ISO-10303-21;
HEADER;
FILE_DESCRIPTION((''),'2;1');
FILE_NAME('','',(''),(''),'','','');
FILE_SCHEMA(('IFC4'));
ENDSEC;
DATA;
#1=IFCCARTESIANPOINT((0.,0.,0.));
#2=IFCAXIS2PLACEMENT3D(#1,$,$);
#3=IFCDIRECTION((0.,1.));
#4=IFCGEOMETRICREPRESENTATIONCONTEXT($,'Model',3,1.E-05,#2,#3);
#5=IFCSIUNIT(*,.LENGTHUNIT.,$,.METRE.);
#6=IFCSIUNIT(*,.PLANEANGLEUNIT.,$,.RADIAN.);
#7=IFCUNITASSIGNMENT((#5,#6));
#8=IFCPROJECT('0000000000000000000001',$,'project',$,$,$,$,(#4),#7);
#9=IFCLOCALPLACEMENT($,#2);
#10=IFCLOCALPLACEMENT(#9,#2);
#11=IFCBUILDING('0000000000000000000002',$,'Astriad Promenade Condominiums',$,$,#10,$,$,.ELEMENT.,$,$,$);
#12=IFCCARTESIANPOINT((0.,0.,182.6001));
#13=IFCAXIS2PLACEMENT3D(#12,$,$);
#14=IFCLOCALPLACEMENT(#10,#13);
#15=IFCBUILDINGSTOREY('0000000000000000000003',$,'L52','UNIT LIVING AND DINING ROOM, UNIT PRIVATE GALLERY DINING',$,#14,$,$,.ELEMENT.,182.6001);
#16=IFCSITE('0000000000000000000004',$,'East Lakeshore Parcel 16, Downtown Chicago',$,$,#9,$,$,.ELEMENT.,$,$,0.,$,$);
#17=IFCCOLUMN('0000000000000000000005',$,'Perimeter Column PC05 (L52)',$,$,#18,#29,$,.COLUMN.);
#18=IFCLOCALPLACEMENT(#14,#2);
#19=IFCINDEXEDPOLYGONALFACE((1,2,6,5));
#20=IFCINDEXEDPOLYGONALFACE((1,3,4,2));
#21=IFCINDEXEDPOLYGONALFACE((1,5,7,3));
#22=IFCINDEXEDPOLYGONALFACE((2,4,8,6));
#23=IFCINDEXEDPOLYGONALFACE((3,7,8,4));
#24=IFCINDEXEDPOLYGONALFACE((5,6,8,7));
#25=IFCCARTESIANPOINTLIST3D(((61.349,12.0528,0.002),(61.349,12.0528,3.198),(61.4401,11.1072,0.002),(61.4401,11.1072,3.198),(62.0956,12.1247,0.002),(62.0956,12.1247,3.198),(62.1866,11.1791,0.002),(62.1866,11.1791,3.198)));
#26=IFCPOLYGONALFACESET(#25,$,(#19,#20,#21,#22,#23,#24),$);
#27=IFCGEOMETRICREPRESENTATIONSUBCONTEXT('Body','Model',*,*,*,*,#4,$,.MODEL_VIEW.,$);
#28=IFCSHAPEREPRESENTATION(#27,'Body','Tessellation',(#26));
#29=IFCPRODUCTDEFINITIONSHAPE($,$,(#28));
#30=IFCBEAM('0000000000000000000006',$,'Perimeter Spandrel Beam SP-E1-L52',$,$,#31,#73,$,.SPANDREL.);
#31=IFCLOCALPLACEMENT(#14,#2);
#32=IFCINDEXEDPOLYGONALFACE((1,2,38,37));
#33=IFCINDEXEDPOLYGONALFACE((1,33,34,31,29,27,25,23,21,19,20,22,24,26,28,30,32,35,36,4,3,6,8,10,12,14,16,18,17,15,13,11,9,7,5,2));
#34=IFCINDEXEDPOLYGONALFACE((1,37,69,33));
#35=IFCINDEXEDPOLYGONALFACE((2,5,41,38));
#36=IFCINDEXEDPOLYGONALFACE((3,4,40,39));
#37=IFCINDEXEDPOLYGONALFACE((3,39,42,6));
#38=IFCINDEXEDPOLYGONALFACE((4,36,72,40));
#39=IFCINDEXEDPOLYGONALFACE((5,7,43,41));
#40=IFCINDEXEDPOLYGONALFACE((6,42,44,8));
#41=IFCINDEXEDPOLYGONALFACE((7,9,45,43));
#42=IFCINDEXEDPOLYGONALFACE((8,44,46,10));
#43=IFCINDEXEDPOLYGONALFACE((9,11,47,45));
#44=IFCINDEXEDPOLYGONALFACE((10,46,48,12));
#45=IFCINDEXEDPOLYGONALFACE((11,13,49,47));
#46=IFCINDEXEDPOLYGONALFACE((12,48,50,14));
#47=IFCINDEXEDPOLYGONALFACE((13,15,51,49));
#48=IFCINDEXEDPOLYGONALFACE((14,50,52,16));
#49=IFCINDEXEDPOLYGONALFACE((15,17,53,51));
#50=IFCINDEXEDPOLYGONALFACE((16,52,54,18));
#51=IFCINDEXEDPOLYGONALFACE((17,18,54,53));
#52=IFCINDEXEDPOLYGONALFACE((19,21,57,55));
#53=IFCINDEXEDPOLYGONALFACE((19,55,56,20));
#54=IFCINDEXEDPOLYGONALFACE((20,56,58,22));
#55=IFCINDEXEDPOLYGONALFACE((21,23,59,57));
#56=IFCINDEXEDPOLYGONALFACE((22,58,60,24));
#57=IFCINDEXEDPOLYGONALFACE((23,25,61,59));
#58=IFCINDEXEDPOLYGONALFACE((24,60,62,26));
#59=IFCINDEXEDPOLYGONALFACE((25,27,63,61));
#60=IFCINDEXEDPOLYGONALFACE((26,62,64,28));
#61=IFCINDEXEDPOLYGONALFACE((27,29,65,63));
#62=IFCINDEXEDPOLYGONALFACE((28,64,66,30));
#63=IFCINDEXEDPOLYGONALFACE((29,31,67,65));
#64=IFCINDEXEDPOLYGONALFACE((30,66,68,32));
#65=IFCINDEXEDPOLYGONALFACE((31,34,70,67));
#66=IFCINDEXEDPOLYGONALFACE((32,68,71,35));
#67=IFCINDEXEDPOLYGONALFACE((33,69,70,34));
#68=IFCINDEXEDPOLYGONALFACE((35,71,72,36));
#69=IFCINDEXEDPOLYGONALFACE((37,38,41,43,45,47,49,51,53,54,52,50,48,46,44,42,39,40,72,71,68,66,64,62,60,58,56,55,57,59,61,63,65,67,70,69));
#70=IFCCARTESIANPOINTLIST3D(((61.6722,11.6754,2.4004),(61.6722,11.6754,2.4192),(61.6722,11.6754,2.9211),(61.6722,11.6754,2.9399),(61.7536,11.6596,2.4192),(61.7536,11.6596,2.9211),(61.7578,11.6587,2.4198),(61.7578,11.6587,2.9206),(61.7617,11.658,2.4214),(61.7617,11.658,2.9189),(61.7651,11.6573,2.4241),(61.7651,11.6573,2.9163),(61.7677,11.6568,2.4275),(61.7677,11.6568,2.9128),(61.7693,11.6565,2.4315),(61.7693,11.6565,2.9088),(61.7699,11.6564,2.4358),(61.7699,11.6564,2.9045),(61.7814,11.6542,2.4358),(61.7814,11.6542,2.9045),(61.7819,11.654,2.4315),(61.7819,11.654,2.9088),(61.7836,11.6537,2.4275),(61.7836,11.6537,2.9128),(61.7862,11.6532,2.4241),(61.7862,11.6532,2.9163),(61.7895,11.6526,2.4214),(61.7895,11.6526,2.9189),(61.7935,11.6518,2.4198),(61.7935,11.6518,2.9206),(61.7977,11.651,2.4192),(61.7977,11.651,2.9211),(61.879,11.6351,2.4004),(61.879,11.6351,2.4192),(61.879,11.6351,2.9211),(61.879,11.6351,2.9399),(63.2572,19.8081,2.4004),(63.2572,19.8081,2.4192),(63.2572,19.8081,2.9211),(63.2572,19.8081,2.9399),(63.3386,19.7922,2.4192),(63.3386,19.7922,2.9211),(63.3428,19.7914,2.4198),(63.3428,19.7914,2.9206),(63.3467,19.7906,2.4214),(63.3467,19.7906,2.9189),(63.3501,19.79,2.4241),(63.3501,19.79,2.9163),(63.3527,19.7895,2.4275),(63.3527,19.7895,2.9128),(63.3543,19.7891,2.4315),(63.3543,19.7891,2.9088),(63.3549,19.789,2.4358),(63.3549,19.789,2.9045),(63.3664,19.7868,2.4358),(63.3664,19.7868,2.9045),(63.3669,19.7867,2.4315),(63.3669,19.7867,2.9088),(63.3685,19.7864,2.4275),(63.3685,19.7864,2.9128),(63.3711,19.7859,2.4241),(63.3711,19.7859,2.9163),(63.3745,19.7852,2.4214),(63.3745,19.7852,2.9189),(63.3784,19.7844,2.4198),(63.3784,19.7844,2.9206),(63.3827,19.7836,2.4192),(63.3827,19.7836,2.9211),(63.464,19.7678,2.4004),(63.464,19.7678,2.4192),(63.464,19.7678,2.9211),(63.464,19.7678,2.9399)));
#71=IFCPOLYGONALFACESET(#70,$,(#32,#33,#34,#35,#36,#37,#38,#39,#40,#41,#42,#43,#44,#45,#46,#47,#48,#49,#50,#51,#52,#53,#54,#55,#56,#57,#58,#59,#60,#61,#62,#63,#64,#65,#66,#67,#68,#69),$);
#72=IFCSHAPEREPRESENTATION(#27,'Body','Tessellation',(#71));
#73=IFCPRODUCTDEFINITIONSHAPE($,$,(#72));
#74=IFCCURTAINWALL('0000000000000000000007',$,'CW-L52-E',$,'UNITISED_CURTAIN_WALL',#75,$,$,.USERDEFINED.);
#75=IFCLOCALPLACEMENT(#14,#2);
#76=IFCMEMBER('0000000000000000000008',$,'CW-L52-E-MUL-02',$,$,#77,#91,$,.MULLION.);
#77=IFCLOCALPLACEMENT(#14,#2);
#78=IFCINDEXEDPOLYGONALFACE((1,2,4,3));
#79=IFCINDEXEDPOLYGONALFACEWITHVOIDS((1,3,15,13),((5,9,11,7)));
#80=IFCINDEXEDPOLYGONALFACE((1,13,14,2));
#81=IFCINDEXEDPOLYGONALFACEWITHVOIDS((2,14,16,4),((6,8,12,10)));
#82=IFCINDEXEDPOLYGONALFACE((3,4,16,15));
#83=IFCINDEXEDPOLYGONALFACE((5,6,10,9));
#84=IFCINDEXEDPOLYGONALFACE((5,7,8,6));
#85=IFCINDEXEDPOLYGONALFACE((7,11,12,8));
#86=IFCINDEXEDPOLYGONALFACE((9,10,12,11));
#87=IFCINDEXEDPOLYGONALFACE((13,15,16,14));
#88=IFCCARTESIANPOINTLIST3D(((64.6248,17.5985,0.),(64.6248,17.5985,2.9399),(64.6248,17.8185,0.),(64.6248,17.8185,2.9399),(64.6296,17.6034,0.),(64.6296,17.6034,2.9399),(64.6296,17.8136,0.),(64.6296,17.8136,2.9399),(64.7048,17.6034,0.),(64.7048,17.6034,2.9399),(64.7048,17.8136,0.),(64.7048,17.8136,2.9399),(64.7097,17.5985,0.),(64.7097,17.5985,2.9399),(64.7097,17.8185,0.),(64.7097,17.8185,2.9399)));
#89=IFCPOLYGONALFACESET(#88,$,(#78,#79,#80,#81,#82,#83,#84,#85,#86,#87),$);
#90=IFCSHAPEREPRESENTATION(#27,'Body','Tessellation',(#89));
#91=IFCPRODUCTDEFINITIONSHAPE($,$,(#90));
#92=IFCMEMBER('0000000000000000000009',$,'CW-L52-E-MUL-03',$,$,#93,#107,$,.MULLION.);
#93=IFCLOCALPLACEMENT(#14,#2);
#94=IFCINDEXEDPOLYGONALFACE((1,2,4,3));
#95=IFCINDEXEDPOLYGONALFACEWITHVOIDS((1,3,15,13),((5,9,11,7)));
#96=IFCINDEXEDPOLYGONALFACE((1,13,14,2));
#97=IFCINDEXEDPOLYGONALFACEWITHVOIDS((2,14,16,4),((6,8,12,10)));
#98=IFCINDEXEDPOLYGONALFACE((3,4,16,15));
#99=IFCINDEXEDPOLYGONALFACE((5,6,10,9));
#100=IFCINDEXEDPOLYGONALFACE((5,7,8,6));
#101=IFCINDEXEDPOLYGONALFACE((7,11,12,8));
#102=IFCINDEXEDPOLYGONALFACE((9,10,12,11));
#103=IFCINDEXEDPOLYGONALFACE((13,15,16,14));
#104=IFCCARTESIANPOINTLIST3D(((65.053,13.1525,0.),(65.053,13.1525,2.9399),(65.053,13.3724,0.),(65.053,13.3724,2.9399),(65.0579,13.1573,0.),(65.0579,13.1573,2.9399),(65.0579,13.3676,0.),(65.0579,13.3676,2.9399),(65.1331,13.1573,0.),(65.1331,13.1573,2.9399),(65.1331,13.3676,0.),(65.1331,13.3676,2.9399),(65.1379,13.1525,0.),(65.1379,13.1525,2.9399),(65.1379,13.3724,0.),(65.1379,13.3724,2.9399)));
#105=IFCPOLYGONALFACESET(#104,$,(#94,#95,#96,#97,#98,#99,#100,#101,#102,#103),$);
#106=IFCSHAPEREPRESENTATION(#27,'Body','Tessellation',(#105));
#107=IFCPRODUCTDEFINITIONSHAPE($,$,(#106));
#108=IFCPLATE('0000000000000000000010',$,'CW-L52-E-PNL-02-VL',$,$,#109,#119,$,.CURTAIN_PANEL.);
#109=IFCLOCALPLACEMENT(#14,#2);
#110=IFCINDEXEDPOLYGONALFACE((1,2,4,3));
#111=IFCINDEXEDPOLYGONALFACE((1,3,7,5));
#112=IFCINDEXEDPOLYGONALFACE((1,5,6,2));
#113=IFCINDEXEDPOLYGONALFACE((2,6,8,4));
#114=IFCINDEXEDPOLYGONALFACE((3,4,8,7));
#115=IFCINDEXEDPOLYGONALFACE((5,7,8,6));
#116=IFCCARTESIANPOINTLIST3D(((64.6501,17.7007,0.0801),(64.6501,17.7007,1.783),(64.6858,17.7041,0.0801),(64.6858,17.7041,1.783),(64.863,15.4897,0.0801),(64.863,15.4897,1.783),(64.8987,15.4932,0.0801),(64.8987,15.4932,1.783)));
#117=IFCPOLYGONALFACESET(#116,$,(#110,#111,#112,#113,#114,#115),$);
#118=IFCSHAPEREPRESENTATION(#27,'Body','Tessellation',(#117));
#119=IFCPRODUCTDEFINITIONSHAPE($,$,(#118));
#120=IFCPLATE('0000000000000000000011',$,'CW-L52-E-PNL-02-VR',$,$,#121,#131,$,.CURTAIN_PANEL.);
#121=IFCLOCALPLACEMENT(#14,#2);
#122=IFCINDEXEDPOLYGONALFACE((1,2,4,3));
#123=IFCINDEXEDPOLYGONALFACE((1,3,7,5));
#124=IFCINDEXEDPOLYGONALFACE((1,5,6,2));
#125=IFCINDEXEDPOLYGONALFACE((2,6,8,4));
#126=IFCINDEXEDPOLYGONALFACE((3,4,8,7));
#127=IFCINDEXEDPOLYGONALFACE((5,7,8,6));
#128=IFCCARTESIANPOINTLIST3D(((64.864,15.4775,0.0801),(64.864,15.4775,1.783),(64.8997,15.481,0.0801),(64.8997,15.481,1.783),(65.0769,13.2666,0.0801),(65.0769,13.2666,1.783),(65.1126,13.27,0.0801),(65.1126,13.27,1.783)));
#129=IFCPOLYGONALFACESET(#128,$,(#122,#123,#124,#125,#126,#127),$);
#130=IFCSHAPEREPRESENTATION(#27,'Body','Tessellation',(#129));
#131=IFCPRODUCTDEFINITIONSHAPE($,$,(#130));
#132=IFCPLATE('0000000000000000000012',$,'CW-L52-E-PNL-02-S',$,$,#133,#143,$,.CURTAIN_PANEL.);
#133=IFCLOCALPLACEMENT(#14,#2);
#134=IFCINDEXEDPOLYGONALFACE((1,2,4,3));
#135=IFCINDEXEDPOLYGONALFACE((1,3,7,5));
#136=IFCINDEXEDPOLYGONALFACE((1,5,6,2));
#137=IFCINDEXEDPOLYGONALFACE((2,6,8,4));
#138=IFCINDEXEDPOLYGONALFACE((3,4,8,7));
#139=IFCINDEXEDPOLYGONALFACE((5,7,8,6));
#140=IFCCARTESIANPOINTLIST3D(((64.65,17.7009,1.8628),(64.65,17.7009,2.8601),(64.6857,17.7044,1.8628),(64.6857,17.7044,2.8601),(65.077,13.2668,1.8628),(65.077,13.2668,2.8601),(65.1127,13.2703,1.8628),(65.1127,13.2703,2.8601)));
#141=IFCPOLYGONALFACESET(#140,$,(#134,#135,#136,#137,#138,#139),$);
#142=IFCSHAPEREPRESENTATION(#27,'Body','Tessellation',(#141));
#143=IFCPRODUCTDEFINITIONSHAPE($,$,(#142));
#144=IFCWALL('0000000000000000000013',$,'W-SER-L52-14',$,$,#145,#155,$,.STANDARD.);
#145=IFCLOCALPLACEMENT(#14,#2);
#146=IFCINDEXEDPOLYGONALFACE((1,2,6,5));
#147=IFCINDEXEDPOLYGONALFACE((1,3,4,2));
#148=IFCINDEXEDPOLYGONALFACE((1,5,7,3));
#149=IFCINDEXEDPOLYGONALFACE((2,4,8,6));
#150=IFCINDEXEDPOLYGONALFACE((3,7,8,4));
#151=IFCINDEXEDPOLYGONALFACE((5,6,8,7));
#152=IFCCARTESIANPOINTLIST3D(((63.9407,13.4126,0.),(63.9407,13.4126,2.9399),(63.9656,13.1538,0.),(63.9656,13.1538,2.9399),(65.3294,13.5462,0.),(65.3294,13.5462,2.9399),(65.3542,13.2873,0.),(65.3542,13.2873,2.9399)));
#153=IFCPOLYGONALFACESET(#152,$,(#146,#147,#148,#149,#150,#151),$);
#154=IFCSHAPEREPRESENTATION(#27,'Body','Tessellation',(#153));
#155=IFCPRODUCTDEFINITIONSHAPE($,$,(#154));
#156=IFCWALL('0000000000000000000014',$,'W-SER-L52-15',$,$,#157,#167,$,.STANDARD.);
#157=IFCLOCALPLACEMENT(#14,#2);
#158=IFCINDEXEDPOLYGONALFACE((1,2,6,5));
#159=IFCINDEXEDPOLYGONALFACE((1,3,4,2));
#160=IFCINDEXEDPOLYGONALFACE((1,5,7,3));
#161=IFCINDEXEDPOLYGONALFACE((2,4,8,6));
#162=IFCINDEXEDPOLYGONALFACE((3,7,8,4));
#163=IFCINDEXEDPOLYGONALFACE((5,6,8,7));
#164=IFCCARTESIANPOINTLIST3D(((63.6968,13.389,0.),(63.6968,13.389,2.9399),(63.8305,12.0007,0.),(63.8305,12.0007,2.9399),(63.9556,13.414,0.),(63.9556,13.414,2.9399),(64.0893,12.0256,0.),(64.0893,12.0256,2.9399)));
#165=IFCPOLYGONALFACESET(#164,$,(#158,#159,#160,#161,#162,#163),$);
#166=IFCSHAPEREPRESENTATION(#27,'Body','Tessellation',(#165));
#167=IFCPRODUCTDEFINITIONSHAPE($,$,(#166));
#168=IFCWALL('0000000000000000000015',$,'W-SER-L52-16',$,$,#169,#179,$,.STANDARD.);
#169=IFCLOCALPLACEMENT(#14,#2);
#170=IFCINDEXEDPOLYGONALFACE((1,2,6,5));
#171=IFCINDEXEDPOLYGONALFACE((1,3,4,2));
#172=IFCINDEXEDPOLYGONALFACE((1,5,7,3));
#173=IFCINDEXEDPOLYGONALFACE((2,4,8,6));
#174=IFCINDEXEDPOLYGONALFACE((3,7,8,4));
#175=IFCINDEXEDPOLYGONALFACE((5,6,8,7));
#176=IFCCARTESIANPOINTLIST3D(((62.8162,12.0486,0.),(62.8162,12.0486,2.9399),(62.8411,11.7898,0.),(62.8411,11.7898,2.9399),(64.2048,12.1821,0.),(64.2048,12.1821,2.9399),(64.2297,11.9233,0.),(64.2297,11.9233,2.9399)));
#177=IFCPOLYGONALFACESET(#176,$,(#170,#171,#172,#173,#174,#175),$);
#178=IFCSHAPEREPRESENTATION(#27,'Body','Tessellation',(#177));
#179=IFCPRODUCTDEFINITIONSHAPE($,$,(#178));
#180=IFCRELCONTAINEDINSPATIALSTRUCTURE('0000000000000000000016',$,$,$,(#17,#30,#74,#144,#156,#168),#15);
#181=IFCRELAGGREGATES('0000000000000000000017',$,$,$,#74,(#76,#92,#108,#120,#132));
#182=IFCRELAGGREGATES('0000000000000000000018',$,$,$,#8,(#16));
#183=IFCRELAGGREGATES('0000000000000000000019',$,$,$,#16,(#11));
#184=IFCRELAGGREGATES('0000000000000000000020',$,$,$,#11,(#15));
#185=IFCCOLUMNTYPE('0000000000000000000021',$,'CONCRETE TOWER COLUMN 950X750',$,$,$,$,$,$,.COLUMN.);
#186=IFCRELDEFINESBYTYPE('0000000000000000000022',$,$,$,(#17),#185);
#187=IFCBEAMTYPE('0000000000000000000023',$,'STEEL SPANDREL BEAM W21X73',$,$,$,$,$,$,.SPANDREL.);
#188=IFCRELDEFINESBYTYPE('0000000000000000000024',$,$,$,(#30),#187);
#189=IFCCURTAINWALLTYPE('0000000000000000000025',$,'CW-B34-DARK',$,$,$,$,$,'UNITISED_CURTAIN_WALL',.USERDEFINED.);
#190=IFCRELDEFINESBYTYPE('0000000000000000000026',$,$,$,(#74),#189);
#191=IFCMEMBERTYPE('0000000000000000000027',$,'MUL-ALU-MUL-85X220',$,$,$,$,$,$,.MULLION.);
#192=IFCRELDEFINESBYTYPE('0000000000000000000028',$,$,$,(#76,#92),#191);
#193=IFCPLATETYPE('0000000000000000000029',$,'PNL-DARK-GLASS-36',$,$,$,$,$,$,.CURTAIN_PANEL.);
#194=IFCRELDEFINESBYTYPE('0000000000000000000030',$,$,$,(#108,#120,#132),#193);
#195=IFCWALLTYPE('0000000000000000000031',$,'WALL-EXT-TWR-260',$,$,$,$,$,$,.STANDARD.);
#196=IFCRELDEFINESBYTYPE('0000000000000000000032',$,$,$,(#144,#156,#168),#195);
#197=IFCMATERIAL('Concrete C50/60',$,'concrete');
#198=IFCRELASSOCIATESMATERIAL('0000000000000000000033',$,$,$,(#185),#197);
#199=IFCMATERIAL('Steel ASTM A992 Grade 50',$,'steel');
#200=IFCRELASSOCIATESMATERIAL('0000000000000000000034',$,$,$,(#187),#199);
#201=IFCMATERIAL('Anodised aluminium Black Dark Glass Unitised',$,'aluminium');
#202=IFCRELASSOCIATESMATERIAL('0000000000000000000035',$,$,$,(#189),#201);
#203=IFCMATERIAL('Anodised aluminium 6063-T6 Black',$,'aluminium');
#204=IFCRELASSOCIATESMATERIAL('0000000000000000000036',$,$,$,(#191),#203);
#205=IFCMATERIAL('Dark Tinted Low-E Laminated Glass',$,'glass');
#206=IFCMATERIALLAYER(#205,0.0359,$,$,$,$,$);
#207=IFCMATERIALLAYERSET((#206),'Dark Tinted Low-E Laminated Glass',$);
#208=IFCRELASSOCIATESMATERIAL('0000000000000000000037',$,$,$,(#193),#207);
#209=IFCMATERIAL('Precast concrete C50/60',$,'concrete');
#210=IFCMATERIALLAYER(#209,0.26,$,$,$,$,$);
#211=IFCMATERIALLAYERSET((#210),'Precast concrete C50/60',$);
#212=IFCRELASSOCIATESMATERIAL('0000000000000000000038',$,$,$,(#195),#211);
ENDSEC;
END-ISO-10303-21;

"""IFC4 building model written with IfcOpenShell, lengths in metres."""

from ifc_helpers import new_model, si_unit, direction, frame, frame_2d, origin, origin_2d, place, context, subcontext, project, spatial, rectangle, hollow_rectangle, i_section, extrude, source, transform, mapped, material, layer, layer_set, material_profile, profile_set, type_object, type_shapes, element, aggregate, save


model = new_model("IFC4")

# Units and contexts
model_context = context("Model", 3, precision=1e-05, world=origin(), true_north=direction((0.0, 1.0)))
body_context = subcontext(model_context, "Body", "Model", "MODEL_VIEW")
ifc_project = project(units=[si_unit("LENGTHUNIT", "METRE"), si_unit("PLANEANGLEUNIT", "RADIAN")], contexts=[model_context])

# Site, building, storey
site_placement = place(None, origin())
site = spatial("IfcSite", under=ifc_project, at=site_placement, Name="East Lakeshore Parcel 16, Downtown Chicago", CompositionType="ELEMENT", RefElevation=0.0)
building_placement = place(site_placement, origin())
building = spatial("IfcBuilding", under=site, at=building_placement, Name="Astriad Promenade Condominiums", CompositionType="ELEMENT")
storey_placement = place(building_placement, frame((0.0, 0.0, 182.6001)))
storey = spatial("IfcBuildingStorey", under=building, at=storey_placement, Name="L52", Description="UNIT LIVING AND DINING ROOM, UNIT PRIVATE GALLERY DINING", CompositionType="ELEMENT", Elevation=182.6001)

# Column
ifc_material_1 = material(Name="Concrete C50/60", Category="concrete")
ifc_material_profile_1 = material_profile(ifc_material_1, rectangle(XDim=0.75, YDim=0.95, at=origin_2d()), Name="RC-COL-950X750")
ifc_profile_set_1 = profile_set([ifc_material_profile_1], Name="Concrete C50/60")
column_type = type_object("IfcColumnType", Name="CONCRETE TOWER COLUMN 950X750", PredefinedType="COLUMN", material=ifc_profile_set_1)
shared_shape_1 = source(origin(), body_context, "Body", "SweptSolid", [
    extrude(rectangle(XDim=0.75, YDim=0.95, at=origin_2d()), origin(), (0.0, 0.0, 1.0), 3.196),
])
type_shapes(column_type, [shared_shape_1])
column_placement = place(storey_placement, frame((61.7678, 11.616, 0.002), z_axis=(0.0, 0.0, 1.0), x_axis=(0.995396, 0.095846, 0.0)))
element("IfcColumn", 1, at=column_placement, inside=storey, type_object=column_type, Name="Perimeter Column PC05 (L52)", PredefinedType="COLUMN", context=body_context, shape_type="MappedRepresentation", body=[
    mapped(shared_shape_1, transform((0.0, 0.0, 0.0), scale=1.0)),
])

# Beam
ifc_material_2 = material(Name="Steel ASTM A992 Grade 50", Category="steel")
ifc_material_profile_2 = material_profile(ifc_material_2, i_section(OverallWidth=0.2107, OverallDepth=0.5396, WebThickness=0.0117, FlangeThickness=0.0188, FilletRadius=0.0166, at=origin_2d()), Name="W21X73")
ifc_profile_set_2 = profile_set([ifc_material_profile_2], Name="Steel ASTM A992 Grade 50")
beam_type = type_object("IfcBeamType", Name="STEEL SPANDREL BEAM W21X73", PredefinedType="SPANDREL", material=ifc_profile_set_2)
shared_shape_2 = source(origin(), body_context, "Body", "SweptSolid", [
    extrude(i_section(OverallWidth=0.2107, OverallDepth=0.5396, WebThickness=0.0117, FlangeThickness=0.0188, FilletRadius=0.0166, at=origin_2d()), origin(), (0.0, 0.0, 1.0), 8.2856),
])
type_shapes(beam_type, [shared_shape_2])
beam_placement = place(storey_placement, frame((61.7756, 11.6553, 2.6702), z_axis=(0.191292, 0.981533, 0.0), x_axis=(-0.981533, 0.191292, 0.0)))
element("IfcBeam", 2, at=beam_placement, inside=storey, type_object=beam_type, Name="Perimeter Spandrel Beam SP-E1-L52", PredefinedType="SPANDREL", context=body_context, shape_type="MappedRepresentation", body=[
    mapped(shared_shape_2, transform((0.0, 0.0, 0.0), scale=1.0)),
])

# Curtain wall, members, plates
ifc_material_3 = material(Name="Anodised aluminium Black Dark Glass Unitised", Category="aluminium")
curtain_wall_type = type_object("IfcCurtainWallType", Name="CW-B34-DARK", ElementType="UNITISED_CURTAIN_WALL", PredefinedType="USERDEFINED", material=ifc_material_3)
curtain_wall_placement = place(storey_placement, origin())
curtain_wall = element("IfcCurtainWall", 3, at=curtain_wall_placement, inside=storey, type_object=curtain_wall_type, Name="CW-L52-E", ObjectType="UNITISED_CURTAIN_WALL", PredefinedType="USERDEFINED")
ifc_material_4 = material(Name="Anodised aluminium 6063-T6 Black", Category="aluminium")
ifc_material_profile_3 = material_profile(ifc_material_4, hollow_rectangle(XDim=0.085, YDim=0.22, WallThickness=0.0049, at=origin_2d()), Name="ALU-MUL-85X220")
ifc_profile_set_3 = profile_set([ifc_material_profile_3], Name="Anodised aluminium 6063-T6 Black")
member_type = type_object("IfcMemberType", Name="MUL-ALU-MUL-85X220", PredefinedType="MULLION", material=ifc_profile_set_3)
shared_shape_3 = source(origin(), body_context, "Body", "SweptSolid", [
    extrude(hollow_rectangle(XDim=0.085, YDim=0.22, WallThickness=0.0049, at=origin_2d()), origin(), (0.0, 0.0, 1.0), 2.9399),
])
type_shapes(member_type, [shared_shape_3])
member_1_placement = place(storey_placement, frame((64.6672, 17.7085, 0.0), z_axis=(0.0, 0.0, 1.0), x_axis=(1.0, 0.0, 0.0)))
member_1 = element("IfcMember", 4, at=member_1_placement, type_object=member_type, Name="CW-L52-E-MUL-02", PredefinedType="MULLION", context=body_context, shape_type="MappedRepresentation", body=[
    mapped(shared_shape_3, transform((0.0, 0.0, 0.0), scale=1.0)),
])
member_2_placement = place(storey_placement, frame((65.0955, 13.2625, 0.0), z_axis=(0.0, 0.0, 1.0), x_axis=(1.0, 0.0, 0.0)))
member_2 = element("IfcMember", 5, at=member_2_placement, type_object=member_type, Name="CW-L52-E-MUL-03", PredefinedType="MULLION", context=body_context, shape_type="MappedRepresentation", body=[
    mapped(shared_shape_3, transform((0.0, 0.0, 0.0), scale=1.0)),
])
ifc_material_5 = material(Name="Dark Tinted Low-E Laminated Glass", Category="glass")
ifc_layer_1 = layer(ifc_material_5, 0.0359)
ifc_layer_set_1 = layer_set([ifc_layer_1], Name="Dark Tinted Low-E Laminated Glass")
plate_type = type_object("IfcPlateType", Name="PNL-DARK-GLASS-36", PredefinedType="CURTAIN_PANEL", material=ifc_layer_set_1)
shared_shape_4 = source(origin(), body_context, "Body", "SweptSolid", [
    extrude(rectangle(XDim=2.2212, YDim=0.0359, at=origin_2d()), origin(), (0.0, 0.0, 1.0), 1.7029),
])
plate_1_placement = place(storey_placement, frame((64.7744, 16.5969, 0.0801), z_axis=(0.0, 0.0, 1.0), x_axis=(0.095846, -0.995396, 0.0)))
plate_1 = element("IfcPlate", 6, at=plate_1_placement, type_object=plate_type, Name="CW-L52-E-PNL-02-VL", PredefinedType="CURTAIN_PANEL", context=body_context, shape_type="MappedRepresentation", body=[
    mapped(shared_shape_4, transform((0.0, 0.0, 0.0), scale=1.0)),
])
plate_2_placement = place(storey_placement, frame((64.9883, 14.3738, 0.0801), z_axis=(0.0, 0.0, 1.0), x_axis=(0.095846, -0.995396, 0.0)))
plate_2 = element("IfcPlate", 7, at=plate_2_placement, type_object=plate_type, Name="CW-L52-E-PNL-02-VR", PredefinedType="CURTAIN_PANEL", context=body_context, shape_type="MappedRepresentation", body=[
    mapped(shared_shape_4, transform((0.0, 0.0, 0.0), scale=1.0)),
])
shared_shape_5 = source(origin(), body_context, "Body", "SweptSolid", [
    extrude(rectangle(XDim=4.4546, YDim=0.0359, at=origin_2d()), origin(), (0.0, 0.0, 1.0), 0.9973),
])
type_shapes(plate_type, [shared_shape_4, shared_shape_5])
plate_3_placement = place(storey_placement, frame((64.8813, 15.4856, 1.8628), z_axis=(0.0, 0.0, 1.0), x_axis=(0.095846, -0.995396, 0.0)))
plate_3 = element("IfcPlate", 8, at=plate_3_placement, type_object=plate_type, Name="CW-L52-E-PNL-02-S", PredefinedType="CURTAIN_PANEL", context=body_context, shape_type="MappedRepresentation", body=[
    mapped(shared_shape_5, transform((0.0, 0.0, 0.0), scale=1.0)),
])
aggregate(curtain_wall, [member_1, member_2, plate_1, plate_2, plate_3])

# Walls
ifc_material_6 = material(Name="Precast concrete C50/60", Category="concrete")
ifc_layer_2 = layer(ifc_material_6, 0.26)
ifc_layer_set_2 = layer_set([ifc_layer_2], Name="Precast concrete C50/60")
wall_type_1 = type_object("IfcWallType", Name="WALL-EXT-TWR-260", PredefinedType="STANDARD", material=ifc_layer_set_2)
wall_1_placement = place(storey_placement, frame((65.3418, 13.4167, 0.0), z_axis=(0.0, 0.0, 1.0), x_axis=(-0.995408, -0.095726, 0.0)))
element("IfcWall", 9, at=wall_1_placement, inside=storey, type_object=wall_type_1, Name="W-SER-L52-14", PredefinedType="STANDARD", context=body_context, shape_type="SweptSolid", body=[
    extrude(rectangle(XDim=1.395, YDim=0.26, at=frame_2d((0.6975, 0.0))), origin(), (0.0, 0.0, 1.0), 2.9399),
])
wall_2_placement = place(storey_placement, frame((63.8262, 13.4014, 0.0), z_axis=(0.0, 0.0, 1.0), x_axis=(0.095916, -0.995389, 0.0)))
element("IfcWall", 10, at=wall_2_placement, inside=storey, type_object=wall_type_1, Name="W-SER-L52-15", PredefinedType="STANDARD", context=body_context, shape_type="SweptSolid", body=[
    extrude(rectangle(XDim=1.3948, YDim=0.26, at=frame_2d((0.6973, 0.0))), origin(), (0.0, 0.0, 1.0), 2.9399),
])
for number, where, z_axis, x_axis, name in (
    (11, (64.2173, 12.0527, 0.0), (0.0, 0.0, 1.0), (-0.995408, -0.095726, 0.0), "W-SER-L52-16"),
):
    element("IfcWall", number, at=place(storey_placement, frame(where, z_axis=z_axis, x_axis=x_axis)), inside=storey, type_object=wall_type_1, Name=name, PredefinedType="STANDARD", context=body_context, shape_type="SweptSolid", body=[
        extrude(rectangle(XDim=1.395, YDim=0.26, at=frame_2d((0.6975, 0.0))), origin(), (0.0, 0.0, 1.0), 2.9399),
    ])

save(model, "model.ifc")
